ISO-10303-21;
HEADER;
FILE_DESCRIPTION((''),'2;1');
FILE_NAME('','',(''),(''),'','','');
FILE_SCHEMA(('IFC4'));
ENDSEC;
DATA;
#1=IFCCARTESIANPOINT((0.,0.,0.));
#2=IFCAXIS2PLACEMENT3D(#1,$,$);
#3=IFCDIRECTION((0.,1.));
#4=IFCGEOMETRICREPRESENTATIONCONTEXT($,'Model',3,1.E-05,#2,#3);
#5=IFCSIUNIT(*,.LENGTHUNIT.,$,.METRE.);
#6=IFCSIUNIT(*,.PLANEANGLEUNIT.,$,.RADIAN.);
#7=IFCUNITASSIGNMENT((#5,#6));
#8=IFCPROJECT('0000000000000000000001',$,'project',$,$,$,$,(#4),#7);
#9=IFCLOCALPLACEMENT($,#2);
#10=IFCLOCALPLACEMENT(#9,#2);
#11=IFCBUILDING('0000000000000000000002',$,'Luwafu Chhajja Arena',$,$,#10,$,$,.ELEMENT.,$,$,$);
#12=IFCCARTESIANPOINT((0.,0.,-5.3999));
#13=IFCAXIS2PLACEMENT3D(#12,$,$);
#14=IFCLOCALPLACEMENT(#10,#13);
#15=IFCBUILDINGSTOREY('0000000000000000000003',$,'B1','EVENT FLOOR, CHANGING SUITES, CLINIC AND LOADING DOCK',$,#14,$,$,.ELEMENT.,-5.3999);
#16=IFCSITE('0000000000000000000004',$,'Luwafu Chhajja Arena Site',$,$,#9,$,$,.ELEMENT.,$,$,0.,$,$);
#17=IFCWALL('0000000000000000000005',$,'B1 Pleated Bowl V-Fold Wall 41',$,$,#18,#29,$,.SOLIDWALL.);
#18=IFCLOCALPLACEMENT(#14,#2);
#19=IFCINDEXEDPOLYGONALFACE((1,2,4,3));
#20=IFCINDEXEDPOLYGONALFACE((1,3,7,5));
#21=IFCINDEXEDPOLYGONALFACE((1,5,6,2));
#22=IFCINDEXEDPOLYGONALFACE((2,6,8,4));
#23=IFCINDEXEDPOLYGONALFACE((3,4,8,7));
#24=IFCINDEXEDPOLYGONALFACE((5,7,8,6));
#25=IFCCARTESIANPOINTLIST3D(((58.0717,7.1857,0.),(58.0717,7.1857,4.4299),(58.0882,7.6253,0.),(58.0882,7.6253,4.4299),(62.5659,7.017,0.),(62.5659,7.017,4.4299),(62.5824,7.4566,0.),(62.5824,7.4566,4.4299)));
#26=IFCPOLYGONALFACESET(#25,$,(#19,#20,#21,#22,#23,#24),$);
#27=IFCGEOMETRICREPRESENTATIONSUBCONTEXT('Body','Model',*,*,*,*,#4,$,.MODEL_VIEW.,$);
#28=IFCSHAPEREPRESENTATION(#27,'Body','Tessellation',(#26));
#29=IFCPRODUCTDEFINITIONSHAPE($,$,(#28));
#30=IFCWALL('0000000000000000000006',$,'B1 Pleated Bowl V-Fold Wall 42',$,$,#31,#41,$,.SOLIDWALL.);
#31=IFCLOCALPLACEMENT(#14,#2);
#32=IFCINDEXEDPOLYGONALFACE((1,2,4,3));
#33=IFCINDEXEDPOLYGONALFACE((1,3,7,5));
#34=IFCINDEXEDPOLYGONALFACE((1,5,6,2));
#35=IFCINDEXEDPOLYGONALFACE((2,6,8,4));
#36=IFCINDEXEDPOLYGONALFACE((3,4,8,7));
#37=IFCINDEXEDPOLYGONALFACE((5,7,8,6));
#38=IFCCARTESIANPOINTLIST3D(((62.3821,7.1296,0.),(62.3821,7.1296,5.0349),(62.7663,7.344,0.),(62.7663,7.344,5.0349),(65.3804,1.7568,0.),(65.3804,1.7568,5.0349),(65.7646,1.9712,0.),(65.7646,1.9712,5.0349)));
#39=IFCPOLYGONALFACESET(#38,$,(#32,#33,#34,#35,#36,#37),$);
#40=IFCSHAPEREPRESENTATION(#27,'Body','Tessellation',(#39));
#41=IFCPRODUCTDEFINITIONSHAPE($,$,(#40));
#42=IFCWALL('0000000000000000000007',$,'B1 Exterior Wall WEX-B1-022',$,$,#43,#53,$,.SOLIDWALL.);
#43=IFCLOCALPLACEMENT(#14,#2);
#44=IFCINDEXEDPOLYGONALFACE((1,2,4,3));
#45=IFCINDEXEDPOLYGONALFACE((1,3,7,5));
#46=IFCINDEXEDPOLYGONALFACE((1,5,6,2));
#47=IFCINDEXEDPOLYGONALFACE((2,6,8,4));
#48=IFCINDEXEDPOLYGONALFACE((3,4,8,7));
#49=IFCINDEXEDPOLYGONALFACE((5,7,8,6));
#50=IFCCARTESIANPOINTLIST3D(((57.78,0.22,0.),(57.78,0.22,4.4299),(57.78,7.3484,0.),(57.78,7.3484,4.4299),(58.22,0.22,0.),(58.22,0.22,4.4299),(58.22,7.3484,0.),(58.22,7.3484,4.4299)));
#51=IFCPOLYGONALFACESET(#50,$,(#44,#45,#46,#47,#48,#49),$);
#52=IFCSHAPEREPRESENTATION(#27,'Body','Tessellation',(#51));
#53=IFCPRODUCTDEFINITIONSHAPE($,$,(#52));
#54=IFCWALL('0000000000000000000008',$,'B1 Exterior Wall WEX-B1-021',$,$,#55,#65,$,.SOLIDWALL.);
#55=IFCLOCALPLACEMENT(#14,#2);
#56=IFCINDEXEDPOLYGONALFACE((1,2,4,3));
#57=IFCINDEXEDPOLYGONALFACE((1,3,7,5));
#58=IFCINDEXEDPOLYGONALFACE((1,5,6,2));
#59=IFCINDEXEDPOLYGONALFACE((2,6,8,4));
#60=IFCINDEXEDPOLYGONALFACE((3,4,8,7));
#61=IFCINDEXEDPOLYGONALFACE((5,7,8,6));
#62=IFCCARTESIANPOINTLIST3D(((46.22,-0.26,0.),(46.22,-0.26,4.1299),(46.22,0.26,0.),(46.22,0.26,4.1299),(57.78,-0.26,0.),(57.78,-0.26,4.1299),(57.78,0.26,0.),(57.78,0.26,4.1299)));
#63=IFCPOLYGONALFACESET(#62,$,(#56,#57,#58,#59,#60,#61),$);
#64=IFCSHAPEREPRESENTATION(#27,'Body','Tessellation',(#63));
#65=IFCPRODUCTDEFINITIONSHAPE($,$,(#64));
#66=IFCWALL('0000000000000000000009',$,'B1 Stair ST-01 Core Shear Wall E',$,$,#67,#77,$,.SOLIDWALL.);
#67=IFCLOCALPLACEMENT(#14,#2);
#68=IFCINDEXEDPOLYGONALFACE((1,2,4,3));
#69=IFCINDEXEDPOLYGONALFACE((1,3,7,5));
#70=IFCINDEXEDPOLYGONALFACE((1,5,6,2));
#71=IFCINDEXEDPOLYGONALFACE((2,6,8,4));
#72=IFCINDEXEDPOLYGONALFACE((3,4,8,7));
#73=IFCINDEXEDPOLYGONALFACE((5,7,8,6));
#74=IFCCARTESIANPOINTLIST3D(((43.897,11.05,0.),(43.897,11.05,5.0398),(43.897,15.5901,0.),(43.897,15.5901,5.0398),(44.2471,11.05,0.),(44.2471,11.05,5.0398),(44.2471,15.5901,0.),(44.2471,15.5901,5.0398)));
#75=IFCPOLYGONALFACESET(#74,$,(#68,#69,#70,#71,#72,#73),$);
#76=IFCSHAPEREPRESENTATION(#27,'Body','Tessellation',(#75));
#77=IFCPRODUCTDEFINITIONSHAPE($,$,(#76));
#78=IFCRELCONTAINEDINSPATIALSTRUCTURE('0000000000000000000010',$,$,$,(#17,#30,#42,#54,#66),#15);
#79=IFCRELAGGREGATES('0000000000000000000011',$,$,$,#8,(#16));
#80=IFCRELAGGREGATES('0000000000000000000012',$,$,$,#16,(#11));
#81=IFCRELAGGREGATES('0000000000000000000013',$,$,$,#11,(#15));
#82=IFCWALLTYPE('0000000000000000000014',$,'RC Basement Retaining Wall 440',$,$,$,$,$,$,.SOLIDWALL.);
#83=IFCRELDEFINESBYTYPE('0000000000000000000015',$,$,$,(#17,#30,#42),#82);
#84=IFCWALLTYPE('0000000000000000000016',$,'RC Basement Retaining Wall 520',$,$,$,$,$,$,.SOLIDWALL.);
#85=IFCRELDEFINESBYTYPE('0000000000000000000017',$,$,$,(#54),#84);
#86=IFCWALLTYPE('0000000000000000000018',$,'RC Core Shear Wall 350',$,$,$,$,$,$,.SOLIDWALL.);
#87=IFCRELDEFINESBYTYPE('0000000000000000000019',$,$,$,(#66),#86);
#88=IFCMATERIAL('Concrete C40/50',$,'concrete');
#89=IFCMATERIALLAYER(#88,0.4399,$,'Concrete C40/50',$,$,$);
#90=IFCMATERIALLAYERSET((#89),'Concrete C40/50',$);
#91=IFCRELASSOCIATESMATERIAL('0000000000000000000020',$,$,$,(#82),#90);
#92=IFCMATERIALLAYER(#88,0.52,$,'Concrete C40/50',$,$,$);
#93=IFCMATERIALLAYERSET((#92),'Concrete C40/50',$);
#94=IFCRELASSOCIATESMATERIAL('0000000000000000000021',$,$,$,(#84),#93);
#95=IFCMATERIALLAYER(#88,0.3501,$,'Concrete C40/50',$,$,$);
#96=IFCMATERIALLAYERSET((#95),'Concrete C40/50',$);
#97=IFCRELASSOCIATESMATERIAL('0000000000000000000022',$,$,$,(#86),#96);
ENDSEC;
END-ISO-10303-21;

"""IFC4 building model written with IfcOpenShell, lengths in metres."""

from ifc_helpers import new_model, si_unit, direction, frame, frame_2d, origin, place, context, subcontext, project, spatial, rectangle, extrude, material, layer, layer_set, type_object, element, save


model = new_model("IFC4")

# Units and contexts
model_context = context("Model", 3, precision=1e-05, world=origin(), true_north=direction((0.0, 1.0)))
body_context = subcontext(model_context, "Body", "Model", "MODEL_VIEW")
ifc_project = project(units=[si_unit("LENGTHUNIT", "METRE"), si_unit("PLANEANGLEUNIT", "RADIAN")], contexts=[model_context])

# Site, building, storey
site_placement = place(None, origin())
site = spatial("IfcSite", under=ifc_project, at=site_placement, Name="Luwafu Chhajja Arena Site", CompositionType="ELEMENT", RefElevation=0.0)
building_placement = place(site_placement, origin())
building = spatial("IfcBuilding", under=site, at=building_placement, Name="Luwafu Chhajja Arena", CompositionType="ELEMENT")
storey_placement = place(building_placement, frame((0.0, 0.0, -5.3999)))
storey = spatial("IfcBuildingStorey", under=building, at=storey_placement, Name="B1", Description="EVENT FLOOR, CHANGING SUITES, CLINIC AND LOADING DOCK", CompositionType="ELEMENT", Elevation=-5.3999)

# Shared definitions
ifc_material_1 = material(Name="Concrete C40/50", Category="concrete")

# Walls
ifc_layer_1 = layer(ifc_material_1, 0.4399, Name="Concrete C40/50")
ifc_layer_set_1 = layer_set([ifc_layer_1], Name="Concrete C40/50")
wall_type_1 = type_object("IfcWallType", Name="RC Basement Retaining Wall 440", PredefinedType="SOLIDWALL", material=ifc_layer_set_1)
wall_1_placement = place(storey_placement, frame((58.0801, 7.4055, 0.0), z_axis=(0.0, 0.0, 1.0), x_axis=(0.999296, -0.037512, 0.0)))
element("IfcWall", 1, at=wall_1_placement, inside=storey, type_object=wall_type_1, Name="B1 Pleated Bowl V-Fold Wall 41", PredefinedType="SOLIDWALL", context=body_context, shape_type="SweptSolid", body=[
    extrude(rectangle(XDim=4.4973, YDim=0.4399, at=frame_2d((2.2485, 0.0))), origin(), (0.0, 0.0, 1.0), 4.4299),
])
wall_2_placement = place(storey_placement, frame((62.5742, 7.2368, 0.0), z_axis=(0.0, 0.0, 1.0), x_axis=(0.487306, -0.873231, 0.0)))
element("IfcWall", 2, at=wall_2_placement, inside=storey, type_object=wall_type_1, Name="B1 Pleated Bowl V-Fold Wall 42", PredefinedType="SOLIDWALL", context=body_context, shape_type="SweptSolid", body=[
    extrude(rectangle(XDim=6.1528, YDim=0.4399, at=frame_2d((3.0764, 0.0))), origin(), (0.0, 0.0, 1.0), 5.0349),
])
wall_3_placement = place(storey_placement, frame((58.0, 0.22, 0.0), z_axis=(0.0, 0.0, 1.0), x_axis=(0.0, 1.0, 0.0)))
element("IfcWall", 3, at=wall_3_placement, inside=storey, type_object=wall_type_1, Name="B1 Exterior Wall WEX-B1-022", PredefinedType="SOLIDWALL", context=body_context, shape_type="SweptSolid", body=[
    extrude(rectangle(XDim=7.1284, YDim=0.4399, at=frame_2d((3.5642, 0.0))), origin(), (0.0, 0.0, 1.0), 4.4299),
])
ifc_layer_2 = layer(ifc_material_1, 0.52, Name="Concrete C40/50")
ifc_layer_set_2 = layer_set([ifc_layer_2], Name="Concrete C40/50")
wall_type_2 = type_object("IfcWallType", Name="RC Basement Retaining Wall 520", PredefinedType="SOLIDWALL", material=ifc_layer_set_2)
wall_4_placement = place(storey_placement, frame((46.22, 0.0, 0.0), z_axis=(0.0, 0.0, 1.0), x_axis=(1.0, 0.0, 0.0)))
element("IfcWall", 4, at=wall_4_placement, inside=storey, type_object=wall_type_2, Name="B1 Exterior Wall WEX-B1-021", PredefinedType="SOLIDWALL", context=body_context, shape_type="SweptSolid", body=[
    extrude(rectangle(XDim=11.5601, YDim=0.52, at=frame_2d((5.78, 0.0))), origin(), (0.0, 0.0, 1.0), 4.1299),
])
ifc_layer_3 = layer(ifc_material_1, 0.3501, Name="Concrete C40/50")
ifc_layer_set_3 = layer_set([ifc_layer_3], Name="Concrete C40/50")
wall_type_3 = type_object("IfcWallType", Name="RC Core Shear Wall 350", PredefinedType="SOLIDWALL", material=ifc_layer_set_3)
wall_5_placement = place(storey_placement, frame((44.072, 11.05, 0.0), z_axis=(0.0, 0.0, 1.0), x_axis=(0.0, 1.0, 0.0)))
element("IfcWall", 5, at=wall_5_placement, inside=storey, type_object=wall_type_3, Name="B1 Stair ST-01 Core Shear Wall E", PredefinedType="SOLIDWALL", context=body_context, shape_type="SweptSolid", body=[
    extrude(rectangle(XDim=4.54, YDim=0.3501, at=frame_2d((2.27, 0.0))), origin(), (0.0, 0.0, 1.0), 5.0398),
])

save(model, "model.ifc")
